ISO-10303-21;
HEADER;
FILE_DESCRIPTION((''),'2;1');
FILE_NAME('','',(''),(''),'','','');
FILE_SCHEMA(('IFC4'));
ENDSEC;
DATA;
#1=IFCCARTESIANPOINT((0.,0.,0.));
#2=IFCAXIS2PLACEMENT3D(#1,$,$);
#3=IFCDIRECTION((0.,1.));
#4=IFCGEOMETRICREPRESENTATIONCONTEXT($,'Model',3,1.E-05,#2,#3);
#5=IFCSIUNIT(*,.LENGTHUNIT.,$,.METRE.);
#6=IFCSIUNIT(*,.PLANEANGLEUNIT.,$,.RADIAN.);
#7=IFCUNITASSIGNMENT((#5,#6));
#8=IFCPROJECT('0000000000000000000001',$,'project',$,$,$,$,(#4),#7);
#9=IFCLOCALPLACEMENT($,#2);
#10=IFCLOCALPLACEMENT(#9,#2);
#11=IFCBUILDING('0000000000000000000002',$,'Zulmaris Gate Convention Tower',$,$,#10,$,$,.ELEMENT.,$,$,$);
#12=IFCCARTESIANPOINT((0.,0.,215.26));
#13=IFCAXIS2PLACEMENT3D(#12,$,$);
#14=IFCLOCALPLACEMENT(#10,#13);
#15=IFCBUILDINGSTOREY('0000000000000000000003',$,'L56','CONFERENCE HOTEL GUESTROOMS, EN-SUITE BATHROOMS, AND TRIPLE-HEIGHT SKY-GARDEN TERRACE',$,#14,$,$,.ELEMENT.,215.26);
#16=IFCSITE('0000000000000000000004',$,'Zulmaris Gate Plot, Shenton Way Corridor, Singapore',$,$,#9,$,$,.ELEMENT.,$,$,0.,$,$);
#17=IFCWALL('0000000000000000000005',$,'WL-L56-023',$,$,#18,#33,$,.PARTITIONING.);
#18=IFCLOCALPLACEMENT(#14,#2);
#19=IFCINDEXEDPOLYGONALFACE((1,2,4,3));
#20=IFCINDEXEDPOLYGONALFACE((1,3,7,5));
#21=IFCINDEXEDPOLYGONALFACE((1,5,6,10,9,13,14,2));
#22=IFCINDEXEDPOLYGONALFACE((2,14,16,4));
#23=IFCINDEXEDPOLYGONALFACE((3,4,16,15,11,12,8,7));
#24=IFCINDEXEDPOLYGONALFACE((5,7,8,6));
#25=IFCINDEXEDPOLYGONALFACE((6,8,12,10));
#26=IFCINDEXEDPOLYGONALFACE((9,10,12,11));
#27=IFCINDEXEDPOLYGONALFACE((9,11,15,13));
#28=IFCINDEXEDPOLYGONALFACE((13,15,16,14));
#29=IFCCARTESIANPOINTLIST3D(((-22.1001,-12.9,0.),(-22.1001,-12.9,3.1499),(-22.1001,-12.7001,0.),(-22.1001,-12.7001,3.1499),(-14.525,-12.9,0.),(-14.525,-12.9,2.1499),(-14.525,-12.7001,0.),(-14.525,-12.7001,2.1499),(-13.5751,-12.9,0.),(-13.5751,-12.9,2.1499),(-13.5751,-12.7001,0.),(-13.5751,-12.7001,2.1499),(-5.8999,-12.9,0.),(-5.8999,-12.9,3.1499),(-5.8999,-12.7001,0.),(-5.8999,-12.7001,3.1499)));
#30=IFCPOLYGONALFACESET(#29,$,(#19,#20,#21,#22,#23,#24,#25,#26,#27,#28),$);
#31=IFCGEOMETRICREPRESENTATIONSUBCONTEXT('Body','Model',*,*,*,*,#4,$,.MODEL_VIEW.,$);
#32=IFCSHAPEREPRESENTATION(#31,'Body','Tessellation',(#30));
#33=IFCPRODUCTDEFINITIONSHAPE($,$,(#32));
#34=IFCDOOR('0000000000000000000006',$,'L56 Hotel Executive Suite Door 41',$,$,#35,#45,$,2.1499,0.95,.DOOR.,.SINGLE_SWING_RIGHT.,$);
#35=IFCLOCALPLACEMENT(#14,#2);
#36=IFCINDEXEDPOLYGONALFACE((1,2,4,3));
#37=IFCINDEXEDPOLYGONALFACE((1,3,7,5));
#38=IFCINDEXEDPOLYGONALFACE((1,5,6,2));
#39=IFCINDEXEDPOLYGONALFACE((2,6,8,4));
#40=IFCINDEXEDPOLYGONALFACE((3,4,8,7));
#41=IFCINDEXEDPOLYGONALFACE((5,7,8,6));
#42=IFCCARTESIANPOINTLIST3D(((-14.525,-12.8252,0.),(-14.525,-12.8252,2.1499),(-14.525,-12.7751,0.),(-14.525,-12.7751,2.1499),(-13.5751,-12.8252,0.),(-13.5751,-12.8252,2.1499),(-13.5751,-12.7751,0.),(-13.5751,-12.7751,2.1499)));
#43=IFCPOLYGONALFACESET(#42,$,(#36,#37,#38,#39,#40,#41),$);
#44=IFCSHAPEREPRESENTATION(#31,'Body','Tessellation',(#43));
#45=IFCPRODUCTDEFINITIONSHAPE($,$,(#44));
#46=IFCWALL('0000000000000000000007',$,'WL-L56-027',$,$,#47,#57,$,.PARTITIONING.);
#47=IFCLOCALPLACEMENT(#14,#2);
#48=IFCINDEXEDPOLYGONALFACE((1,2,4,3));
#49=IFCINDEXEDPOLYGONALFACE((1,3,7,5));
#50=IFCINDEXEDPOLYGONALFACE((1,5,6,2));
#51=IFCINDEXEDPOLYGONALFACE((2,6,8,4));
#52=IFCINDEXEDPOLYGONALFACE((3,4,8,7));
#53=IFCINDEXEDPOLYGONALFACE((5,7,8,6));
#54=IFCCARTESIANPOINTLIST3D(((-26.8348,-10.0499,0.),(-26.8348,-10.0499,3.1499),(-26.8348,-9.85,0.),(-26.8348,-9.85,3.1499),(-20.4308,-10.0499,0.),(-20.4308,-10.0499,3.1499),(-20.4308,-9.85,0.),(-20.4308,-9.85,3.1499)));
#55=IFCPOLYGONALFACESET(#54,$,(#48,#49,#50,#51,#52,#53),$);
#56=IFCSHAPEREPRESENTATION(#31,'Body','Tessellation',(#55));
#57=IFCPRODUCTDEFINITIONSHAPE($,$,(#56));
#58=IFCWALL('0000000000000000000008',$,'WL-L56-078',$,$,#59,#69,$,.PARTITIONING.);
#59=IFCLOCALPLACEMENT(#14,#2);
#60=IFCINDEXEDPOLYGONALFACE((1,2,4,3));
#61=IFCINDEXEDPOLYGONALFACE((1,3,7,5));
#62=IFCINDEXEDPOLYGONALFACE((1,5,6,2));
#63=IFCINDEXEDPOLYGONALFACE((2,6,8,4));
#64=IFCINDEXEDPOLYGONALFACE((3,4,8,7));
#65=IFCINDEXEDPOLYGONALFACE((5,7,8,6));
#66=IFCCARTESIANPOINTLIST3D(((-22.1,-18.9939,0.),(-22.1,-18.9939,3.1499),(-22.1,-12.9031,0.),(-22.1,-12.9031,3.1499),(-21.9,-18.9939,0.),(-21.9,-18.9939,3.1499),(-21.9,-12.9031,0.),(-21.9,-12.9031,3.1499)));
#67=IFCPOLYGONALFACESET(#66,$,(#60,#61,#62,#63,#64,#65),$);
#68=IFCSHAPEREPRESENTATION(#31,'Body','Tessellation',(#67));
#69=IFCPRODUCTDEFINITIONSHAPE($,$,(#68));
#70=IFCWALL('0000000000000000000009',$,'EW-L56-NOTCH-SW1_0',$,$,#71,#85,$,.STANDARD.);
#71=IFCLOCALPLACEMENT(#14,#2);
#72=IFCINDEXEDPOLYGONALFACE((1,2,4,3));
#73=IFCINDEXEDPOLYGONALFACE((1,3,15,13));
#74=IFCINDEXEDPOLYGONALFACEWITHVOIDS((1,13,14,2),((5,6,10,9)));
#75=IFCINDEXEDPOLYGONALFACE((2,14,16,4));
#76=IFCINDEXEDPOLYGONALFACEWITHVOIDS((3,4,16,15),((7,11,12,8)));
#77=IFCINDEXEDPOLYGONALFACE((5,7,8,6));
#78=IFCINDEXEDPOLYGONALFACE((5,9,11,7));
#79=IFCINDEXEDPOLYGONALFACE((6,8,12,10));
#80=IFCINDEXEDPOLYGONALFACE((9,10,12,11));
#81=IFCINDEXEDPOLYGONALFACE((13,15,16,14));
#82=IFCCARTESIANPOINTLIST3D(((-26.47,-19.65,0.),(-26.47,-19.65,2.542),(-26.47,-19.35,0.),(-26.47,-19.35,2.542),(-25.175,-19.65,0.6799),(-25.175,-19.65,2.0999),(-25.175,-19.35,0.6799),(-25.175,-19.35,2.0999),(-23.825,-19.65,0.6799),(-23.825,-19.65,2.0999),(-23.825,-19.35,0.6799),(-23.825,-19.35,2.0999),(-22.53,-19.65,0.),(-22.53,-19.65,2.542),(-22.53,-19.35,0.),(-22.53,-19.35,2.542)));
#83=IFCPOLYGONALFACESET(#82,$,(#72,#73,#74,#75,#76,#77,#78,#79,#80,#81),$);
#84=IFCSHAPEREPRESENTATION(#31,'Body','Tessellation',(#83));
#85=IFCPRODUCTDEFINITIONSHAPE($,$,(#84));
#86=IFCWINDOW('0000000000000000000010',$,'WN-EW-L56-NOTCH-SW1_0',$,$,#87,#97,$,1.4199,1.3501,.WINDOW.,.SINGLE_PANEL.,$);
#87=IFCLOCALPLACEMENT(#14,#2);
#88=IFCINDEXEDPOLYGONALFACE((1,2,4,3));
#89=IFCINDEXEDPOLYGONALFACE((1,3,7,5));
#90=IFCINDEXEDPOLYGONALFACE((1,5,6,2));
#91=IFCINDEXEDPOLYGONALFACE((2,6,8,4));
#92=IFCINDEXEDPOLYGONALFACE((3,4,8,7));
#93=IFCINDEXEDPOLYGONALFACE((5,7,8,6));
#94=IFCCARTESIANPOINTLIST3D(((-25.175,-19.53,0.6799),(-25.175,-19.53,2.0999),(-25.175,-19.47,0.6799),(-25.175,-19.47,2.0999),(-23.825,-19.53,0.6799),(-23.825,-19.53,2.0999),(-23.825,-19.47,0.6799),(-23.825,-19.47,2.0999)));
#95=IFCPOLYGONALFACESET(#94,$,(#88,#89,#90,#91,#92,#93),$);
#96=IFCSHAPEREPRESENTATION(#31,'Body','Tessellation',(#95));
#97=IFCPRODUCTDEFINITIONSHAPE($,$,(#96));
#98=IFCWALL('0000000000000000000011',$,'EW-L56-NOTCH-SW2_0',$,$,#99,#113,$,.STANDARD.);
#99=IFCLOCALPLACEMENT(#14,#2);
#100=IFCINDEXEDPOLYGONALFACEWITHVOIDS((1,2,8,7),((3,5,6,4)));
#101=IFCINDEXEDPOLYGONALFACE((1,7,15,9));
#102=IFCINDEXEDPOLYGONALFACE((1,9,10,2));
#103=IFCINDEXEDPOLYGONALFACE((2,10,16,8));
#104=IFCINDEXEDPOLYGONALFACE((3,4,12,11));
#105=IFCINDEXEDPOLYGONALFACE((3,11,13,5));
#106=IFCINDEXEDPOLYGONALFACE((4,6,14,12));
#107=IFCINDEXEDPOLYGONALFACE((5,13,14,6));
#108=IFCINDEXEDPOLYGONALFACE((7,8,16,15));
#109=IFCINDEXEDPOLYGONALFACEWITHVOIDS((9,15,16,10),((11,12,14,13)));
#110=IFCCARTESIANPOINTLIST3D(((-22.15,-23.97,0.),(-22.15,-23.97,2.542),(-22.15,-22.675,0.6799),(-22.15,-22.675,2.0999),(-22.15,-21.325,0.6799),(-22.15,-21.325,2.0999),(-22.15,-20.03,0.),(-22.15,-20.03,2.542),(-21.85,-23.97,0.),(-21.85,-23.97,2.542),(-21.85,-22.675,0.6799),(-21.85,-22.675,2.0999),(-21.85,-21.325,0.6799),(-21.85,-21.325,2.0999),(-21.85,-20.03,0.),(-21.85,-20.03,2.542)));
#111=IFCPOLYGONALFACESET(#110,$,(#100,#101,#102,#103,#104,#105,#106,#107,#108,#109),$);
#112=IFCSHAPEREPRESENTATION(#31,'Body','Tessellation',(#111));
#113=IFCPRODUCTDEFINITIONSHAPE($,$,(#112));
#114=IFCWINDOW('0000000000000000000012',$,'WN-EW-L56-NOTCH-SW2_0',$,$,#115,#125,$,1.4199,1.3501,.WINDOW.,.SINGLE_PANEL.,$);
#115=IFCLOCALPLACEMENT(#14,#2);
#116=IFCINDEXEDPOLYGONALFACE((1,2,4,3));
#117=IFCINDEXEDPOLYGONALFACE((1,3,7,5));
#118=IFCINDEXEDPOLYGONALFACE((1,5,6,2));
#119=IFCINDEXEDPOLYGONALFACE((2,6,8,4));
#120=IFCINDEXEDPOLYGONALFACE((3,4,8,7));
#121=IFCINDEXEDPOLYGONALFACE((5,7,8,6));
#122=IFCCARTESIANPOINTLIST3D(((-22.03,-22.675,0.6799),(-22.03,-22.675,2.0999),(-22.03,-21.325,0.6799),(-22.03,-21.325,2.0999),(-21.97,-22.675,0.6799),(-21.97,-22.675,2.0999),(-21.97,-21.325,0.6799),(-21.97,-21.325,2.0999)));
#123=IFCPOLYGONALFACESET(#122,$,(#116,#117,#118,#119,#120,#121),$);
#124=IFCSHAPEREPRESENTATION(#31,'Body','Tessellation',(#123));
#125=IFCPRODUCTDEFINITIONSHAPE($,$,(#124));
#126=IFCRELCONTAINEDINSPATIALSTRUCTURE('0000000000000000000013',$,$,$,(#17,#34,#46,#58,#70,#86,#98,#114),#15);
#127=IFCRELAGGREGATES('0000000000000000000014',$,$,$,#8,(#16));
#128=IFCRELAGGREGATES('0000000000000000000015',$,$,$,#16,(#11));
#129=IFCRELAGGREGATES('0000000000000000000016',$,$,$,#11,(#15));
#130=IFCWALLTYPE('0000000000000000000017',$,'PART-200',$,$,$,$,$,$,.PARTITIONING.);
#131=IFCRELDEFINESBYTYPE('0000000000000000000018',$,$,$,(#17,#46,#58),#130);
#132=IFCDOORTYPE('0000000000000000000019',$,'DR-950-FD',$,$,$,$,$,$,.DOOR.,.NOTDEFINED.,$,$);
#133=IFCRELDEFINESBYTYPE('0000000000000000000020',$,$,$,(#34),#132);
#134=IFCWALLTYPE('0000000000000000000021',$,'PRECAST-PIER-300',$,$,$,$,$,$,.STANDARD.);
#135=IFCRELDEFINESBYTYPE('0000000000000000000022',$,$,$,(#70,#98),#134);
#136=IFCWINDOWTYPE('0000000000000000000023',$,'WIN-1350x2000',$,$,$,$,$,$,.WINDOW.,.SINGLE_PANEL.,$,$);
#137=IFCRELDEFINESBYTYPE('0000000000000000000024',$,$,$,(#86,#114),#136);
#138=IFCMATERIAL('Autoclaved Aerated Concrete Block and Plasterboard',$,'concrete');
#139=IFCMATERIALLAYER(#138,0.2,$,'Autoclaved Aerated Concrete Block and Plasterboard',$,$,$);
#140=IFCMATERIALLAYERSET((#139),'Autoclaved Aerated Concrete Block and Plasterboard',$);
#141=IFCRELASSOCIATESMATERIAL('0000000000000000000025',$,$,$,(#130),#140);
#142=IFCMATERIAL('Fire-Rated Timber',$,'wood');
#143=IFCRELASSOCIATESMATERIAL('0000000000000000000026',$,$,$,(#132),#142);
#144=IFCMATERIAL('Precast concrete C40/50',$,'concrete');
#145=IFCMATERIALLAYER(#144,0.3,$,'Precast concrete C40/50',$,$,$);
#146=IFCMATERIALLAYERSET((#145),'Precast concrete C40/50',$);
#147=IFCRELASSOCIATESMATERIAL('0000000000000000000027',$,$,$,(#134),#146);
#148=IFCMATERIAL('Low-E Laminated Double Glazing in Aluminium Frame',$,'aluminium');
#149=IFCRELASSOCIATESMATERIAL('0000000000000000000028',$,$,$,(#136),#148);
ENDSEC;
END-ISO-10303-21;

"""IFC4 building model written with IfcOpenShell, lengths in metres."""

from ifc_helpers import new_model, si_unit, direction, frame, frame_2d, origin, place, context, subcontext, project, spatial, rectangle, extrude, material, layer, layer_set, type_object, element, fill, save


model = new_model("IFC4")

# Units and contexts
model_context = context("Model", 3, precision=1e-05, world=origin(), true_north=direction((0.0, 1.0)))
body_context = subcontext(model_context, "Body", "Model", "MODEL_VIEW")
ifc_project = project(units=[si_unit("LENGTHUNIT", "METRE"), si_unit("PLANEANGLEUNIT", "RADIAN")], contexts=[model_context])

# Site, building, storey
site_placement = place(None, origin())
site = spatial("IfcSite", under=ifc_project, at=site_placement, Name="Zulmaris Gate Plot, Shenton Way Corridor, Singapore", CompositionType="ELEMENT", RefElevation=0.0)
building_placement = place(site_placement, origin())
building = spatial("IfcBuilding", under=site, at=building_placement, Name="Zulmaris Gate Convention Tower", CompositionType="ELEMENT")
storey_placement = place(building_placement, frame((0.0, 0.0, 215.26)))
storey = spatial("IfcBuildingStorey", under=building, at=storey_placement, Name="L56", Description="CONFERENCE HOTEL GUESTROOMS, EN-SUITE BATHROOMS, AND TRIPLE-HEIGHT SKY-GARDEN TERRACE", CompositionType="ELEMENT", Elevation=215.26)

# Wall, opening, door
ifc_material_1 = material(Name="Autoclaved Aerated Concrete Block and Plasterboard", Category="concrete")
ifc_layer_1 = layer(ifc_material_1, 0.2, Name="Autoclaved Aerated Concrete Block and Plasterboard")
ifc_layer_set_1 = layer_set([ifc_layer_1], Name="Autoclaved Aerated Concrete Block and Plasterboard")
wall_type_1 = type_object("IfcWallType", Name="PART-200", PredefinedType="PARTITIONING", material=ifc_layer_set_1)
wall_1_placement = place(storey_placement, frame((-22.1001, -12.8, 0.0), z_axis=(0.0, 0.0, 1.0), x_axis=(1.0, 0.0, 0.0)))
wall_1 = element("IfcWall", 1, at=wall_1_placement, inside=storey, type_object=wall_type_1, Name="WL-L56-023", PredefinedType="PARTITIONING", context=body_context, shape_type="SweptSolid", body=[
    extrude(rectangle(XDim=16.2002, YDim=0.2, at=frame_2d((8.1001, 0.0))), origin(), (0.0, 0.0, 1.0), 3.1499),
])
opening_1_placement = place(wall_1_placement, frame((7.575, 0.0, 0.0)))
opening_1 = element("IfcOpeningElement", 2, at=opening_1_placement, cuts=wall_1, PredefinedType="OPENING", context=body_context, shape_type="SweptSolid", body=[
    extrude(rectangle(XDim=0.95, YDim=2.1499, at=frame_2d((0.4751, 1.075))), frame((0.0, 0.1099, 0.0), z_axis=(0.0, -1.0, 0.0), x_axis=(1.0, 0.0, 0.0)), (0.0, 0.0, 1.0), 0.22),
])
ifc_material_2 = material(Name="Fire-Rated Timber", Category="wood")
door_type_1 = type_object("IfcDoorType", Name="DR-950-FD", OperationType="NOTDEFINED", PredefinedType="DOOR", material=ifc_material_2)
door_1_placement = place(opening_1_placement, origin())
door_1 = element("IfcDoor", 3, at=door_1_placement, inside=storey, type_object=door_type_1, Name="L56 Hotel Executive Suite Door 41", OperationType="SINGLE_SWING_RIGHT", OverallHeight=2.1499, OverallWidth=0.95, PredefinedType="DOOR", context=body_context, shape_type="SweptSolid", body=[
    extrude(rectangle(XDim=0.95, YDim=2.1499, at=frame_2d((0.4751, 1.075))), frame((0.0, 0.0249, 0.0), z_axis=(0.0, -1.0, 0.0), x_axis=(1.0, 0.0, 0.0)), (0.0, 0.0, 1.0), 0.05),
])
fill(opening_1, door_1)

# Walls
wall_2_placement = place(storey_placement, frame((-26.835, -9.95, 0.0), z_axis=(0.0, 0.0, 1.0), x_axis=(1.0, 0.0, 0.0)))
element("IfcWall", 4, at=wall_2_placement, inside=storey, type_object=wall_type_1, Name="WL-L56-027", PredefinedType="PARTITIONING", context=body_context, shape_type="SweptSolid", body=[
    extrude(rectangle(XDim=6.4041, YDim=0.2, at=frame_2d((3.2021, 0.0))), origin(), (0.0, 0.0, 1.0), 3.1499),
])
wall_3_placement = place(storey_placement, frame((-22.0, -18.9939, 0.0), z_axis=(0.0, 0.0, 1.0), x_axis=(0.0, 1.0, 0.0)))
element("IfcWall", 5, at=wall_3_placement, inside=storey, type_object=wall_type_1, Name="WL-L56-078", PredefinedType="PARTITIONING", context=body_context, shape_type="SweptSolid", body=[
    extrude(rectangle(XDim=6.0908, YDim=0.2, at=frame_2d((3.0454, 0.0))), origin(), (0.0, 0.0, 1.0), 3.1499),
])

# Walls, openings, windows
ifc_material_3 = material(Name="Precast concrete C40/50", Category="concrete")
ifc_layer_2 = layer(ifc_material_3, 0.3, Name="Precast concrete C40/50")
ifc_layer_set_2 = layer_set([ifc_layer_2], Name="Precast concrete C40/50")
wall_type_2 = type_object("IfcWallType", Name="PRECAST-PIER-300", PredefinedType="STANDARD", material=ifc_layer_set_2)
wall_4_placement = place(storey_placement, frame((-26.47, -19.5, 0.0), z_axis=(0.0, 0.0, 1.0), x_axis=(1.0, 0.0, 0.0)))
wall_4 = element("IfcWall", 6, at=wall_4_placement, inside=storey, type_object=wall_type_2, Name="EW-L56-NOTCH-SW1_0", PredefinedType="STANDARD", context=body_context, shape_type="SweptSolid", body=[
    extrude(rectangle(XDim=3.9399, YDim=0.3, at=frame_2d((1.97, 0.0))), origin(), (0.0, 0.0, 1.0), 2.542),
])
opening_2_placement = place(wall_4_placement, frame((1.2949, 0.0, 0.6799)))
opening_2 = element("IfcOpeningElement", 7, at=opening_2_placement, cuts=wall_4, PredefinedType="OPENING", context=body_context, shape_type="SweptSolid", body=[
    extrude(rectangle(XDim=1.3501, YDim=1.4199, at=frame_2d((0.675, 0.71))), frame((0.0, 0.1602, 0.0), z_axis=(0.0, -1.0, 0.0), x_axis=(1.0, 0.0, 0.0)), (0.0, 0.0, 1.0), 0.3201),
])
ifc_material_4 = material(Name="Low-E Laminated Double Glazing in Aluminium Frame", Category="aluminium")
window_type_1 = type_object("IfcWindowType", Name="WIN-1350x2000", PartitioningType="SINGLE_PANEL", PredefinedType="WINDOW", material=ifc_material_4)
window_1_placement = place(opening_2_placement, origin())
window_1 = element("IfcWindow", 8, at=window_1_placement, inside=storey, type_object=window_type_1, Name="WN-EW-L56-NOTCH-SW1_0", OverallHeight=1.4199, OverallWidth=1.3501, PartitioningType="SINGLE_PANEL", PredefinedType="WINDOW", context=body_context, shape_type="SweptSolid", body=[
    extrude(rectangle(XDim=1.3501, YDim=1.4199, at=frame_2d((0.675, 0.71))), frame((0.0, 0.03, 0.0), z_axis=(0.0, -1.0, 0.0), x_axis=(1.0, 0.0, 0.0)), (0.0, 0.0, 1.0), 0.0601),
])
fill(opening_2, window_1)
wall_5_placement = place(storey_placement, frame((-22.0, -20.03, 0.0), z_axis=(0.0, 0.0, 1.0), x_axis=(0.0, -1.0, 0.0)))
wall_5 = element("IfcWall", 9, at=wall_5_placement, inside=storey, type_object=wall_type_2, Name="EW-L56-NOTCH-SW2_0", PredefinedType="STANDARD", context=body_context, shape_type="SweptSolid", body=[
    extrude(rectangle(XDim=3.9399, YDim=0.3, at=frame_2d((1.97, 0.0))), origin(), (0.0, 0.0, 1.0), 2.542),
])
opening_3_placement = place(wall_5_placement, frame((1.2949, 0.0, 0.6799)))
opening_3 = element("IfcOpeningElement", 10, at=opening_3_placement, cuts=wall_5, PredefinedType="OPENING", context=body_context, shape_type="SweptSolid", body=[
    extrude(rectangle(XDim=1.3501, YDim=1.4199, at=frame_2d((0.675, 0.71))), frame((0.0, 0.1602, 0.0), z_axis=(0.0, -1.0, 0.0), x_axis=(1.0, 0.0, 0.0)), (0.0, 0.0, 1.0), 0.3201),
])
window_2_placement = place(opening_3_placement, origin())
window_2 = element("IfcWindow", 11, at=window_2_placement, inside=storey, type_object=window_type_1, Name="WN-EW-L56-NOTCH-SW2_0", OverallHeight=1.4199, OverallWidth=1.3501, PartitioningType="SINGLE_PANEL", PredefinedType="WINDOW", context=body_context, shape_type="SweptSolid", body=[
    extrude(rectangle(XDim=1.3501, YDim=1.4199, at=frame_2d((0.675, 0.71))), frame((0.0, 0.03, 0.0), z_axis=(0.0, -1.0, 0.0), x_axis=(1.0, 0.0, 0.0)), (0.0, 0.0, 1.0), 0.0601),
])
fill(opening_3, window_2)

save(model, "model.ifc")
